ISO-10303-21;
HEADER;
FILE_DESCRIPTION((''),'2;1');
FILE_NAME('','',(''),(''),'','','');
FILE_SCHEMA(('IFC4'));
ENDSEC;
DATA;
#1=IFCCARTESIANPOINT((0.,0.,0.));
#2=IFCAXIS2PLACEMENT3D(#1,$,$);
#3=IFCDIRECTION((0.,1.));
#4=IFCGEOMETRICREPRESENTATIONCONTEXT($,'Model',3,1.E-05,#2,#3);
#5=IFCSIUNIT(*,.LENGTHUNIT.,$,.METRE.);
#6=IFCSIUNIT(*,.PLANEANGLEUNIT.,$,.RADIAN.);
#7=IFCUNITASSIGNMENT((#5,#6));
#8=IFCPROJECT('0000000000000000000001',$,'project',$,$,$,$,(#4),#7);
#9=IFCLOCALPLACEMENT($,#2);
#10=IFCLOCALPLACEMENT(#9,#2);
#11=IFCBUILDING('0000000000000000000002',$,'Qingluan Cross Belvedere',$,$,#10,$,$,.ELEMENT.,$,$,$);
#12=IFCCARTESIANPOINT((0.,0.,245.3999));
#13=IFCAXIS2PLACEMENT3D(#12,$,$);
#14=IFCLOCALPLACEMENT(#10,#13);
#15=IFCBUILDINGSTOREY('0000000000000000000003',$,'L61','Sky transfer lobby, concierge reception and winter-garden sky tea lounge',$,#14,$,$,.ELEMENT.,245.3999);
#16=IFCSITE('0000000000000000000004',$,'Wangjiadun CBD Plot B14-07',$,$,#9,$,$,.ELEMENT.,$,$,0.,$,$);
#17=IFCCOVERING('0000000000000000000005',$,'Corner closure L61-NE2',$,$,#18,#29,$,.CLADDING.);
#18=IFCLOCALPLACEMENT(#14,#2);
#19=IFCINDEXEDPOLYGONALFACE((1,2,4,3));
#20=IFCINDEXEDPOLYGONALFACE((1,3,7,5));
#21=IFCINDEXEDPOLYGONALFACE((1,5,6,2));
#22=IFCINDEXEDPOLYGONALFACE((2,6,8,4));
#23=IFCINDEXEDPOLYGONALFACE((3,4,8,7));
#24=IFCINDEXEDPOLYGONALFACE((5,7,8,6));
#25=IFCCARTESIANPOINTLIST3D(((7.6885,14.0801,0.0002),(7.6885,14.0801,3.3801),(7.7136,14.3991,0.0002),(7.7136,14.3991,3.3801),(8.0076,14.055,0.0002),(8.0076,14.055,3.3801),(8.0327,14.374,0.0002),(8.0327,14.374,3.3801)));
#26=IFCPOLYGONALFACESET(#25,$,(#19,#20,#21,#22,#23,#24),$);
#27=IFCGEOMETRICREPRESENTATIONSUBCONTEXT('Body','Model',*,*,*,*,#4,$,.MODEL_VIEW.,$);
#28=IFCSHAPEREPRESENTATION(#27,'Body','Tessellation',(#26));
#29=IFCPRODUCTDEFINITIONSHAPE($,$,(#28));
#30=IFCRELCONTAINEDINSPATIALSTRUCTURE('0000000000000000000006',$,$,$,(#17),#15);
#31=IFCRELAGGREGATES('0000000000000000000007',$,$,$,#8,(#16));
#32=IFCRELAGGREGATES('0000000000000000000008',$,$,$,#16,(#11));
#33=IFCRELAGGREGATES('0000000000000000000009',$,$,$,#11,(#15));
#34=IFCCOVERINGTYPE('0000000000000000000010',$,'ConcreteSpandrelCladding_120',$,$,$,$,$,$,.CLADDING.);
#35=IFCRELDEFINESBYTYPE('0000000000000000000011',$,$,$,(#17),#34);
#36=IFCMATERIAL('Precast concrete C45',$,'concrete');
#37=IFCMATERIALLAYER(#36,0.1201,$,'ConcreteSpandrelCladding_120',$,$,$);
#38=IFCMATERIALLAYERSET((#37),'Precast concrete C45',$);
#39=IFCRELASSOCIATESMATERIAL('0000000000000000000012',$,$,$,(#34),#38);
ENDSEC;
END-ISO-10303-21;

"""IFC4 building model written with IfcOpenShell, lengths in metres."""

from ifc_helpers import new_model, si_unit, direction, frame, origin, origin_2d, place, context, subcontext, project, spatial, rectangle, extrude, material, layer, layer_set, type_object, element, save


model = new_model("IFC4")

# Units and contexts
model_context = context("Model", 3, precision=1e-05, world=origin(), true_north=direction((0.0, 1.0)))
body_context = subcontext(model_context, "Body", "Model", "MODEL_VIEW")
ifc_project = project(units=[si_unit("LENGTHUNIT", "METRE"), si_unit("PLANEANGLEUNIT", "RADIAN")], contexts=[model_context])

# Site, building, storey
site_placement = place(None, origin())
site = spatial("IfcSite", under=ifc_project, at=site_placement, Name="Wangjiadun CBD Plot B14-07", CompositionType="ELEMENT", RefElevation=0.0)
building_placement = place(site_placement, origin())
building = spatial("IfcBuilding", under=site, at=building_placement, Name="Qingluan Cross Belvedere", CompositionType="ELEMENT")
storey_placement = place(building_placement, frame((0.0, 0.0, 245.3999)))
storey = spatial("IfcBuildingStorey", under=building, at=storey_placement, Name="L61", Description="Sky transfer lobby, concierge reception and winter-garden sky tea lounge", CompositionType="ELEMENT", Elevation=245.3999)

# Covering
ifc_material_1 = material(Name="Precast concrete C45", Category="concrete")
ifc_layer_1 = layer(ifc_material_1, 0.1201, Name="ConcreteSpandrelCladding_120")
ifc_layer_set_1 = layer_set([ifc_layer_1], Name="Precast concrete C45")
covering_type = type_object("IfcCoveringType", Name="ConcreteSpandrelCladding_120", PredefinedType="CLADDING", material=ifc_layer_set_1)
covering_placement = place(storey_placement, frame((7.8606, 14.2271, 0.0002), z_axis=(0.0, 0.0, 1.0), x_axis=(0.996917, -0.078459, 0.0)))
element("IfcCovering", 1, at=covering_placement, inside=storey, type_object=covering_type, Name="Corner closure L61-NE2", PredefinedType="CLADDING", context=body_context, shape_type="SweptSolid", body=[
    extrude(rectangle(XDim=0.3201, YDim=0.3201, at=origin_2d()), origin(), (0.0, 0.0, 1.0), 3.3799),
])

save(model, "model.ifc")
